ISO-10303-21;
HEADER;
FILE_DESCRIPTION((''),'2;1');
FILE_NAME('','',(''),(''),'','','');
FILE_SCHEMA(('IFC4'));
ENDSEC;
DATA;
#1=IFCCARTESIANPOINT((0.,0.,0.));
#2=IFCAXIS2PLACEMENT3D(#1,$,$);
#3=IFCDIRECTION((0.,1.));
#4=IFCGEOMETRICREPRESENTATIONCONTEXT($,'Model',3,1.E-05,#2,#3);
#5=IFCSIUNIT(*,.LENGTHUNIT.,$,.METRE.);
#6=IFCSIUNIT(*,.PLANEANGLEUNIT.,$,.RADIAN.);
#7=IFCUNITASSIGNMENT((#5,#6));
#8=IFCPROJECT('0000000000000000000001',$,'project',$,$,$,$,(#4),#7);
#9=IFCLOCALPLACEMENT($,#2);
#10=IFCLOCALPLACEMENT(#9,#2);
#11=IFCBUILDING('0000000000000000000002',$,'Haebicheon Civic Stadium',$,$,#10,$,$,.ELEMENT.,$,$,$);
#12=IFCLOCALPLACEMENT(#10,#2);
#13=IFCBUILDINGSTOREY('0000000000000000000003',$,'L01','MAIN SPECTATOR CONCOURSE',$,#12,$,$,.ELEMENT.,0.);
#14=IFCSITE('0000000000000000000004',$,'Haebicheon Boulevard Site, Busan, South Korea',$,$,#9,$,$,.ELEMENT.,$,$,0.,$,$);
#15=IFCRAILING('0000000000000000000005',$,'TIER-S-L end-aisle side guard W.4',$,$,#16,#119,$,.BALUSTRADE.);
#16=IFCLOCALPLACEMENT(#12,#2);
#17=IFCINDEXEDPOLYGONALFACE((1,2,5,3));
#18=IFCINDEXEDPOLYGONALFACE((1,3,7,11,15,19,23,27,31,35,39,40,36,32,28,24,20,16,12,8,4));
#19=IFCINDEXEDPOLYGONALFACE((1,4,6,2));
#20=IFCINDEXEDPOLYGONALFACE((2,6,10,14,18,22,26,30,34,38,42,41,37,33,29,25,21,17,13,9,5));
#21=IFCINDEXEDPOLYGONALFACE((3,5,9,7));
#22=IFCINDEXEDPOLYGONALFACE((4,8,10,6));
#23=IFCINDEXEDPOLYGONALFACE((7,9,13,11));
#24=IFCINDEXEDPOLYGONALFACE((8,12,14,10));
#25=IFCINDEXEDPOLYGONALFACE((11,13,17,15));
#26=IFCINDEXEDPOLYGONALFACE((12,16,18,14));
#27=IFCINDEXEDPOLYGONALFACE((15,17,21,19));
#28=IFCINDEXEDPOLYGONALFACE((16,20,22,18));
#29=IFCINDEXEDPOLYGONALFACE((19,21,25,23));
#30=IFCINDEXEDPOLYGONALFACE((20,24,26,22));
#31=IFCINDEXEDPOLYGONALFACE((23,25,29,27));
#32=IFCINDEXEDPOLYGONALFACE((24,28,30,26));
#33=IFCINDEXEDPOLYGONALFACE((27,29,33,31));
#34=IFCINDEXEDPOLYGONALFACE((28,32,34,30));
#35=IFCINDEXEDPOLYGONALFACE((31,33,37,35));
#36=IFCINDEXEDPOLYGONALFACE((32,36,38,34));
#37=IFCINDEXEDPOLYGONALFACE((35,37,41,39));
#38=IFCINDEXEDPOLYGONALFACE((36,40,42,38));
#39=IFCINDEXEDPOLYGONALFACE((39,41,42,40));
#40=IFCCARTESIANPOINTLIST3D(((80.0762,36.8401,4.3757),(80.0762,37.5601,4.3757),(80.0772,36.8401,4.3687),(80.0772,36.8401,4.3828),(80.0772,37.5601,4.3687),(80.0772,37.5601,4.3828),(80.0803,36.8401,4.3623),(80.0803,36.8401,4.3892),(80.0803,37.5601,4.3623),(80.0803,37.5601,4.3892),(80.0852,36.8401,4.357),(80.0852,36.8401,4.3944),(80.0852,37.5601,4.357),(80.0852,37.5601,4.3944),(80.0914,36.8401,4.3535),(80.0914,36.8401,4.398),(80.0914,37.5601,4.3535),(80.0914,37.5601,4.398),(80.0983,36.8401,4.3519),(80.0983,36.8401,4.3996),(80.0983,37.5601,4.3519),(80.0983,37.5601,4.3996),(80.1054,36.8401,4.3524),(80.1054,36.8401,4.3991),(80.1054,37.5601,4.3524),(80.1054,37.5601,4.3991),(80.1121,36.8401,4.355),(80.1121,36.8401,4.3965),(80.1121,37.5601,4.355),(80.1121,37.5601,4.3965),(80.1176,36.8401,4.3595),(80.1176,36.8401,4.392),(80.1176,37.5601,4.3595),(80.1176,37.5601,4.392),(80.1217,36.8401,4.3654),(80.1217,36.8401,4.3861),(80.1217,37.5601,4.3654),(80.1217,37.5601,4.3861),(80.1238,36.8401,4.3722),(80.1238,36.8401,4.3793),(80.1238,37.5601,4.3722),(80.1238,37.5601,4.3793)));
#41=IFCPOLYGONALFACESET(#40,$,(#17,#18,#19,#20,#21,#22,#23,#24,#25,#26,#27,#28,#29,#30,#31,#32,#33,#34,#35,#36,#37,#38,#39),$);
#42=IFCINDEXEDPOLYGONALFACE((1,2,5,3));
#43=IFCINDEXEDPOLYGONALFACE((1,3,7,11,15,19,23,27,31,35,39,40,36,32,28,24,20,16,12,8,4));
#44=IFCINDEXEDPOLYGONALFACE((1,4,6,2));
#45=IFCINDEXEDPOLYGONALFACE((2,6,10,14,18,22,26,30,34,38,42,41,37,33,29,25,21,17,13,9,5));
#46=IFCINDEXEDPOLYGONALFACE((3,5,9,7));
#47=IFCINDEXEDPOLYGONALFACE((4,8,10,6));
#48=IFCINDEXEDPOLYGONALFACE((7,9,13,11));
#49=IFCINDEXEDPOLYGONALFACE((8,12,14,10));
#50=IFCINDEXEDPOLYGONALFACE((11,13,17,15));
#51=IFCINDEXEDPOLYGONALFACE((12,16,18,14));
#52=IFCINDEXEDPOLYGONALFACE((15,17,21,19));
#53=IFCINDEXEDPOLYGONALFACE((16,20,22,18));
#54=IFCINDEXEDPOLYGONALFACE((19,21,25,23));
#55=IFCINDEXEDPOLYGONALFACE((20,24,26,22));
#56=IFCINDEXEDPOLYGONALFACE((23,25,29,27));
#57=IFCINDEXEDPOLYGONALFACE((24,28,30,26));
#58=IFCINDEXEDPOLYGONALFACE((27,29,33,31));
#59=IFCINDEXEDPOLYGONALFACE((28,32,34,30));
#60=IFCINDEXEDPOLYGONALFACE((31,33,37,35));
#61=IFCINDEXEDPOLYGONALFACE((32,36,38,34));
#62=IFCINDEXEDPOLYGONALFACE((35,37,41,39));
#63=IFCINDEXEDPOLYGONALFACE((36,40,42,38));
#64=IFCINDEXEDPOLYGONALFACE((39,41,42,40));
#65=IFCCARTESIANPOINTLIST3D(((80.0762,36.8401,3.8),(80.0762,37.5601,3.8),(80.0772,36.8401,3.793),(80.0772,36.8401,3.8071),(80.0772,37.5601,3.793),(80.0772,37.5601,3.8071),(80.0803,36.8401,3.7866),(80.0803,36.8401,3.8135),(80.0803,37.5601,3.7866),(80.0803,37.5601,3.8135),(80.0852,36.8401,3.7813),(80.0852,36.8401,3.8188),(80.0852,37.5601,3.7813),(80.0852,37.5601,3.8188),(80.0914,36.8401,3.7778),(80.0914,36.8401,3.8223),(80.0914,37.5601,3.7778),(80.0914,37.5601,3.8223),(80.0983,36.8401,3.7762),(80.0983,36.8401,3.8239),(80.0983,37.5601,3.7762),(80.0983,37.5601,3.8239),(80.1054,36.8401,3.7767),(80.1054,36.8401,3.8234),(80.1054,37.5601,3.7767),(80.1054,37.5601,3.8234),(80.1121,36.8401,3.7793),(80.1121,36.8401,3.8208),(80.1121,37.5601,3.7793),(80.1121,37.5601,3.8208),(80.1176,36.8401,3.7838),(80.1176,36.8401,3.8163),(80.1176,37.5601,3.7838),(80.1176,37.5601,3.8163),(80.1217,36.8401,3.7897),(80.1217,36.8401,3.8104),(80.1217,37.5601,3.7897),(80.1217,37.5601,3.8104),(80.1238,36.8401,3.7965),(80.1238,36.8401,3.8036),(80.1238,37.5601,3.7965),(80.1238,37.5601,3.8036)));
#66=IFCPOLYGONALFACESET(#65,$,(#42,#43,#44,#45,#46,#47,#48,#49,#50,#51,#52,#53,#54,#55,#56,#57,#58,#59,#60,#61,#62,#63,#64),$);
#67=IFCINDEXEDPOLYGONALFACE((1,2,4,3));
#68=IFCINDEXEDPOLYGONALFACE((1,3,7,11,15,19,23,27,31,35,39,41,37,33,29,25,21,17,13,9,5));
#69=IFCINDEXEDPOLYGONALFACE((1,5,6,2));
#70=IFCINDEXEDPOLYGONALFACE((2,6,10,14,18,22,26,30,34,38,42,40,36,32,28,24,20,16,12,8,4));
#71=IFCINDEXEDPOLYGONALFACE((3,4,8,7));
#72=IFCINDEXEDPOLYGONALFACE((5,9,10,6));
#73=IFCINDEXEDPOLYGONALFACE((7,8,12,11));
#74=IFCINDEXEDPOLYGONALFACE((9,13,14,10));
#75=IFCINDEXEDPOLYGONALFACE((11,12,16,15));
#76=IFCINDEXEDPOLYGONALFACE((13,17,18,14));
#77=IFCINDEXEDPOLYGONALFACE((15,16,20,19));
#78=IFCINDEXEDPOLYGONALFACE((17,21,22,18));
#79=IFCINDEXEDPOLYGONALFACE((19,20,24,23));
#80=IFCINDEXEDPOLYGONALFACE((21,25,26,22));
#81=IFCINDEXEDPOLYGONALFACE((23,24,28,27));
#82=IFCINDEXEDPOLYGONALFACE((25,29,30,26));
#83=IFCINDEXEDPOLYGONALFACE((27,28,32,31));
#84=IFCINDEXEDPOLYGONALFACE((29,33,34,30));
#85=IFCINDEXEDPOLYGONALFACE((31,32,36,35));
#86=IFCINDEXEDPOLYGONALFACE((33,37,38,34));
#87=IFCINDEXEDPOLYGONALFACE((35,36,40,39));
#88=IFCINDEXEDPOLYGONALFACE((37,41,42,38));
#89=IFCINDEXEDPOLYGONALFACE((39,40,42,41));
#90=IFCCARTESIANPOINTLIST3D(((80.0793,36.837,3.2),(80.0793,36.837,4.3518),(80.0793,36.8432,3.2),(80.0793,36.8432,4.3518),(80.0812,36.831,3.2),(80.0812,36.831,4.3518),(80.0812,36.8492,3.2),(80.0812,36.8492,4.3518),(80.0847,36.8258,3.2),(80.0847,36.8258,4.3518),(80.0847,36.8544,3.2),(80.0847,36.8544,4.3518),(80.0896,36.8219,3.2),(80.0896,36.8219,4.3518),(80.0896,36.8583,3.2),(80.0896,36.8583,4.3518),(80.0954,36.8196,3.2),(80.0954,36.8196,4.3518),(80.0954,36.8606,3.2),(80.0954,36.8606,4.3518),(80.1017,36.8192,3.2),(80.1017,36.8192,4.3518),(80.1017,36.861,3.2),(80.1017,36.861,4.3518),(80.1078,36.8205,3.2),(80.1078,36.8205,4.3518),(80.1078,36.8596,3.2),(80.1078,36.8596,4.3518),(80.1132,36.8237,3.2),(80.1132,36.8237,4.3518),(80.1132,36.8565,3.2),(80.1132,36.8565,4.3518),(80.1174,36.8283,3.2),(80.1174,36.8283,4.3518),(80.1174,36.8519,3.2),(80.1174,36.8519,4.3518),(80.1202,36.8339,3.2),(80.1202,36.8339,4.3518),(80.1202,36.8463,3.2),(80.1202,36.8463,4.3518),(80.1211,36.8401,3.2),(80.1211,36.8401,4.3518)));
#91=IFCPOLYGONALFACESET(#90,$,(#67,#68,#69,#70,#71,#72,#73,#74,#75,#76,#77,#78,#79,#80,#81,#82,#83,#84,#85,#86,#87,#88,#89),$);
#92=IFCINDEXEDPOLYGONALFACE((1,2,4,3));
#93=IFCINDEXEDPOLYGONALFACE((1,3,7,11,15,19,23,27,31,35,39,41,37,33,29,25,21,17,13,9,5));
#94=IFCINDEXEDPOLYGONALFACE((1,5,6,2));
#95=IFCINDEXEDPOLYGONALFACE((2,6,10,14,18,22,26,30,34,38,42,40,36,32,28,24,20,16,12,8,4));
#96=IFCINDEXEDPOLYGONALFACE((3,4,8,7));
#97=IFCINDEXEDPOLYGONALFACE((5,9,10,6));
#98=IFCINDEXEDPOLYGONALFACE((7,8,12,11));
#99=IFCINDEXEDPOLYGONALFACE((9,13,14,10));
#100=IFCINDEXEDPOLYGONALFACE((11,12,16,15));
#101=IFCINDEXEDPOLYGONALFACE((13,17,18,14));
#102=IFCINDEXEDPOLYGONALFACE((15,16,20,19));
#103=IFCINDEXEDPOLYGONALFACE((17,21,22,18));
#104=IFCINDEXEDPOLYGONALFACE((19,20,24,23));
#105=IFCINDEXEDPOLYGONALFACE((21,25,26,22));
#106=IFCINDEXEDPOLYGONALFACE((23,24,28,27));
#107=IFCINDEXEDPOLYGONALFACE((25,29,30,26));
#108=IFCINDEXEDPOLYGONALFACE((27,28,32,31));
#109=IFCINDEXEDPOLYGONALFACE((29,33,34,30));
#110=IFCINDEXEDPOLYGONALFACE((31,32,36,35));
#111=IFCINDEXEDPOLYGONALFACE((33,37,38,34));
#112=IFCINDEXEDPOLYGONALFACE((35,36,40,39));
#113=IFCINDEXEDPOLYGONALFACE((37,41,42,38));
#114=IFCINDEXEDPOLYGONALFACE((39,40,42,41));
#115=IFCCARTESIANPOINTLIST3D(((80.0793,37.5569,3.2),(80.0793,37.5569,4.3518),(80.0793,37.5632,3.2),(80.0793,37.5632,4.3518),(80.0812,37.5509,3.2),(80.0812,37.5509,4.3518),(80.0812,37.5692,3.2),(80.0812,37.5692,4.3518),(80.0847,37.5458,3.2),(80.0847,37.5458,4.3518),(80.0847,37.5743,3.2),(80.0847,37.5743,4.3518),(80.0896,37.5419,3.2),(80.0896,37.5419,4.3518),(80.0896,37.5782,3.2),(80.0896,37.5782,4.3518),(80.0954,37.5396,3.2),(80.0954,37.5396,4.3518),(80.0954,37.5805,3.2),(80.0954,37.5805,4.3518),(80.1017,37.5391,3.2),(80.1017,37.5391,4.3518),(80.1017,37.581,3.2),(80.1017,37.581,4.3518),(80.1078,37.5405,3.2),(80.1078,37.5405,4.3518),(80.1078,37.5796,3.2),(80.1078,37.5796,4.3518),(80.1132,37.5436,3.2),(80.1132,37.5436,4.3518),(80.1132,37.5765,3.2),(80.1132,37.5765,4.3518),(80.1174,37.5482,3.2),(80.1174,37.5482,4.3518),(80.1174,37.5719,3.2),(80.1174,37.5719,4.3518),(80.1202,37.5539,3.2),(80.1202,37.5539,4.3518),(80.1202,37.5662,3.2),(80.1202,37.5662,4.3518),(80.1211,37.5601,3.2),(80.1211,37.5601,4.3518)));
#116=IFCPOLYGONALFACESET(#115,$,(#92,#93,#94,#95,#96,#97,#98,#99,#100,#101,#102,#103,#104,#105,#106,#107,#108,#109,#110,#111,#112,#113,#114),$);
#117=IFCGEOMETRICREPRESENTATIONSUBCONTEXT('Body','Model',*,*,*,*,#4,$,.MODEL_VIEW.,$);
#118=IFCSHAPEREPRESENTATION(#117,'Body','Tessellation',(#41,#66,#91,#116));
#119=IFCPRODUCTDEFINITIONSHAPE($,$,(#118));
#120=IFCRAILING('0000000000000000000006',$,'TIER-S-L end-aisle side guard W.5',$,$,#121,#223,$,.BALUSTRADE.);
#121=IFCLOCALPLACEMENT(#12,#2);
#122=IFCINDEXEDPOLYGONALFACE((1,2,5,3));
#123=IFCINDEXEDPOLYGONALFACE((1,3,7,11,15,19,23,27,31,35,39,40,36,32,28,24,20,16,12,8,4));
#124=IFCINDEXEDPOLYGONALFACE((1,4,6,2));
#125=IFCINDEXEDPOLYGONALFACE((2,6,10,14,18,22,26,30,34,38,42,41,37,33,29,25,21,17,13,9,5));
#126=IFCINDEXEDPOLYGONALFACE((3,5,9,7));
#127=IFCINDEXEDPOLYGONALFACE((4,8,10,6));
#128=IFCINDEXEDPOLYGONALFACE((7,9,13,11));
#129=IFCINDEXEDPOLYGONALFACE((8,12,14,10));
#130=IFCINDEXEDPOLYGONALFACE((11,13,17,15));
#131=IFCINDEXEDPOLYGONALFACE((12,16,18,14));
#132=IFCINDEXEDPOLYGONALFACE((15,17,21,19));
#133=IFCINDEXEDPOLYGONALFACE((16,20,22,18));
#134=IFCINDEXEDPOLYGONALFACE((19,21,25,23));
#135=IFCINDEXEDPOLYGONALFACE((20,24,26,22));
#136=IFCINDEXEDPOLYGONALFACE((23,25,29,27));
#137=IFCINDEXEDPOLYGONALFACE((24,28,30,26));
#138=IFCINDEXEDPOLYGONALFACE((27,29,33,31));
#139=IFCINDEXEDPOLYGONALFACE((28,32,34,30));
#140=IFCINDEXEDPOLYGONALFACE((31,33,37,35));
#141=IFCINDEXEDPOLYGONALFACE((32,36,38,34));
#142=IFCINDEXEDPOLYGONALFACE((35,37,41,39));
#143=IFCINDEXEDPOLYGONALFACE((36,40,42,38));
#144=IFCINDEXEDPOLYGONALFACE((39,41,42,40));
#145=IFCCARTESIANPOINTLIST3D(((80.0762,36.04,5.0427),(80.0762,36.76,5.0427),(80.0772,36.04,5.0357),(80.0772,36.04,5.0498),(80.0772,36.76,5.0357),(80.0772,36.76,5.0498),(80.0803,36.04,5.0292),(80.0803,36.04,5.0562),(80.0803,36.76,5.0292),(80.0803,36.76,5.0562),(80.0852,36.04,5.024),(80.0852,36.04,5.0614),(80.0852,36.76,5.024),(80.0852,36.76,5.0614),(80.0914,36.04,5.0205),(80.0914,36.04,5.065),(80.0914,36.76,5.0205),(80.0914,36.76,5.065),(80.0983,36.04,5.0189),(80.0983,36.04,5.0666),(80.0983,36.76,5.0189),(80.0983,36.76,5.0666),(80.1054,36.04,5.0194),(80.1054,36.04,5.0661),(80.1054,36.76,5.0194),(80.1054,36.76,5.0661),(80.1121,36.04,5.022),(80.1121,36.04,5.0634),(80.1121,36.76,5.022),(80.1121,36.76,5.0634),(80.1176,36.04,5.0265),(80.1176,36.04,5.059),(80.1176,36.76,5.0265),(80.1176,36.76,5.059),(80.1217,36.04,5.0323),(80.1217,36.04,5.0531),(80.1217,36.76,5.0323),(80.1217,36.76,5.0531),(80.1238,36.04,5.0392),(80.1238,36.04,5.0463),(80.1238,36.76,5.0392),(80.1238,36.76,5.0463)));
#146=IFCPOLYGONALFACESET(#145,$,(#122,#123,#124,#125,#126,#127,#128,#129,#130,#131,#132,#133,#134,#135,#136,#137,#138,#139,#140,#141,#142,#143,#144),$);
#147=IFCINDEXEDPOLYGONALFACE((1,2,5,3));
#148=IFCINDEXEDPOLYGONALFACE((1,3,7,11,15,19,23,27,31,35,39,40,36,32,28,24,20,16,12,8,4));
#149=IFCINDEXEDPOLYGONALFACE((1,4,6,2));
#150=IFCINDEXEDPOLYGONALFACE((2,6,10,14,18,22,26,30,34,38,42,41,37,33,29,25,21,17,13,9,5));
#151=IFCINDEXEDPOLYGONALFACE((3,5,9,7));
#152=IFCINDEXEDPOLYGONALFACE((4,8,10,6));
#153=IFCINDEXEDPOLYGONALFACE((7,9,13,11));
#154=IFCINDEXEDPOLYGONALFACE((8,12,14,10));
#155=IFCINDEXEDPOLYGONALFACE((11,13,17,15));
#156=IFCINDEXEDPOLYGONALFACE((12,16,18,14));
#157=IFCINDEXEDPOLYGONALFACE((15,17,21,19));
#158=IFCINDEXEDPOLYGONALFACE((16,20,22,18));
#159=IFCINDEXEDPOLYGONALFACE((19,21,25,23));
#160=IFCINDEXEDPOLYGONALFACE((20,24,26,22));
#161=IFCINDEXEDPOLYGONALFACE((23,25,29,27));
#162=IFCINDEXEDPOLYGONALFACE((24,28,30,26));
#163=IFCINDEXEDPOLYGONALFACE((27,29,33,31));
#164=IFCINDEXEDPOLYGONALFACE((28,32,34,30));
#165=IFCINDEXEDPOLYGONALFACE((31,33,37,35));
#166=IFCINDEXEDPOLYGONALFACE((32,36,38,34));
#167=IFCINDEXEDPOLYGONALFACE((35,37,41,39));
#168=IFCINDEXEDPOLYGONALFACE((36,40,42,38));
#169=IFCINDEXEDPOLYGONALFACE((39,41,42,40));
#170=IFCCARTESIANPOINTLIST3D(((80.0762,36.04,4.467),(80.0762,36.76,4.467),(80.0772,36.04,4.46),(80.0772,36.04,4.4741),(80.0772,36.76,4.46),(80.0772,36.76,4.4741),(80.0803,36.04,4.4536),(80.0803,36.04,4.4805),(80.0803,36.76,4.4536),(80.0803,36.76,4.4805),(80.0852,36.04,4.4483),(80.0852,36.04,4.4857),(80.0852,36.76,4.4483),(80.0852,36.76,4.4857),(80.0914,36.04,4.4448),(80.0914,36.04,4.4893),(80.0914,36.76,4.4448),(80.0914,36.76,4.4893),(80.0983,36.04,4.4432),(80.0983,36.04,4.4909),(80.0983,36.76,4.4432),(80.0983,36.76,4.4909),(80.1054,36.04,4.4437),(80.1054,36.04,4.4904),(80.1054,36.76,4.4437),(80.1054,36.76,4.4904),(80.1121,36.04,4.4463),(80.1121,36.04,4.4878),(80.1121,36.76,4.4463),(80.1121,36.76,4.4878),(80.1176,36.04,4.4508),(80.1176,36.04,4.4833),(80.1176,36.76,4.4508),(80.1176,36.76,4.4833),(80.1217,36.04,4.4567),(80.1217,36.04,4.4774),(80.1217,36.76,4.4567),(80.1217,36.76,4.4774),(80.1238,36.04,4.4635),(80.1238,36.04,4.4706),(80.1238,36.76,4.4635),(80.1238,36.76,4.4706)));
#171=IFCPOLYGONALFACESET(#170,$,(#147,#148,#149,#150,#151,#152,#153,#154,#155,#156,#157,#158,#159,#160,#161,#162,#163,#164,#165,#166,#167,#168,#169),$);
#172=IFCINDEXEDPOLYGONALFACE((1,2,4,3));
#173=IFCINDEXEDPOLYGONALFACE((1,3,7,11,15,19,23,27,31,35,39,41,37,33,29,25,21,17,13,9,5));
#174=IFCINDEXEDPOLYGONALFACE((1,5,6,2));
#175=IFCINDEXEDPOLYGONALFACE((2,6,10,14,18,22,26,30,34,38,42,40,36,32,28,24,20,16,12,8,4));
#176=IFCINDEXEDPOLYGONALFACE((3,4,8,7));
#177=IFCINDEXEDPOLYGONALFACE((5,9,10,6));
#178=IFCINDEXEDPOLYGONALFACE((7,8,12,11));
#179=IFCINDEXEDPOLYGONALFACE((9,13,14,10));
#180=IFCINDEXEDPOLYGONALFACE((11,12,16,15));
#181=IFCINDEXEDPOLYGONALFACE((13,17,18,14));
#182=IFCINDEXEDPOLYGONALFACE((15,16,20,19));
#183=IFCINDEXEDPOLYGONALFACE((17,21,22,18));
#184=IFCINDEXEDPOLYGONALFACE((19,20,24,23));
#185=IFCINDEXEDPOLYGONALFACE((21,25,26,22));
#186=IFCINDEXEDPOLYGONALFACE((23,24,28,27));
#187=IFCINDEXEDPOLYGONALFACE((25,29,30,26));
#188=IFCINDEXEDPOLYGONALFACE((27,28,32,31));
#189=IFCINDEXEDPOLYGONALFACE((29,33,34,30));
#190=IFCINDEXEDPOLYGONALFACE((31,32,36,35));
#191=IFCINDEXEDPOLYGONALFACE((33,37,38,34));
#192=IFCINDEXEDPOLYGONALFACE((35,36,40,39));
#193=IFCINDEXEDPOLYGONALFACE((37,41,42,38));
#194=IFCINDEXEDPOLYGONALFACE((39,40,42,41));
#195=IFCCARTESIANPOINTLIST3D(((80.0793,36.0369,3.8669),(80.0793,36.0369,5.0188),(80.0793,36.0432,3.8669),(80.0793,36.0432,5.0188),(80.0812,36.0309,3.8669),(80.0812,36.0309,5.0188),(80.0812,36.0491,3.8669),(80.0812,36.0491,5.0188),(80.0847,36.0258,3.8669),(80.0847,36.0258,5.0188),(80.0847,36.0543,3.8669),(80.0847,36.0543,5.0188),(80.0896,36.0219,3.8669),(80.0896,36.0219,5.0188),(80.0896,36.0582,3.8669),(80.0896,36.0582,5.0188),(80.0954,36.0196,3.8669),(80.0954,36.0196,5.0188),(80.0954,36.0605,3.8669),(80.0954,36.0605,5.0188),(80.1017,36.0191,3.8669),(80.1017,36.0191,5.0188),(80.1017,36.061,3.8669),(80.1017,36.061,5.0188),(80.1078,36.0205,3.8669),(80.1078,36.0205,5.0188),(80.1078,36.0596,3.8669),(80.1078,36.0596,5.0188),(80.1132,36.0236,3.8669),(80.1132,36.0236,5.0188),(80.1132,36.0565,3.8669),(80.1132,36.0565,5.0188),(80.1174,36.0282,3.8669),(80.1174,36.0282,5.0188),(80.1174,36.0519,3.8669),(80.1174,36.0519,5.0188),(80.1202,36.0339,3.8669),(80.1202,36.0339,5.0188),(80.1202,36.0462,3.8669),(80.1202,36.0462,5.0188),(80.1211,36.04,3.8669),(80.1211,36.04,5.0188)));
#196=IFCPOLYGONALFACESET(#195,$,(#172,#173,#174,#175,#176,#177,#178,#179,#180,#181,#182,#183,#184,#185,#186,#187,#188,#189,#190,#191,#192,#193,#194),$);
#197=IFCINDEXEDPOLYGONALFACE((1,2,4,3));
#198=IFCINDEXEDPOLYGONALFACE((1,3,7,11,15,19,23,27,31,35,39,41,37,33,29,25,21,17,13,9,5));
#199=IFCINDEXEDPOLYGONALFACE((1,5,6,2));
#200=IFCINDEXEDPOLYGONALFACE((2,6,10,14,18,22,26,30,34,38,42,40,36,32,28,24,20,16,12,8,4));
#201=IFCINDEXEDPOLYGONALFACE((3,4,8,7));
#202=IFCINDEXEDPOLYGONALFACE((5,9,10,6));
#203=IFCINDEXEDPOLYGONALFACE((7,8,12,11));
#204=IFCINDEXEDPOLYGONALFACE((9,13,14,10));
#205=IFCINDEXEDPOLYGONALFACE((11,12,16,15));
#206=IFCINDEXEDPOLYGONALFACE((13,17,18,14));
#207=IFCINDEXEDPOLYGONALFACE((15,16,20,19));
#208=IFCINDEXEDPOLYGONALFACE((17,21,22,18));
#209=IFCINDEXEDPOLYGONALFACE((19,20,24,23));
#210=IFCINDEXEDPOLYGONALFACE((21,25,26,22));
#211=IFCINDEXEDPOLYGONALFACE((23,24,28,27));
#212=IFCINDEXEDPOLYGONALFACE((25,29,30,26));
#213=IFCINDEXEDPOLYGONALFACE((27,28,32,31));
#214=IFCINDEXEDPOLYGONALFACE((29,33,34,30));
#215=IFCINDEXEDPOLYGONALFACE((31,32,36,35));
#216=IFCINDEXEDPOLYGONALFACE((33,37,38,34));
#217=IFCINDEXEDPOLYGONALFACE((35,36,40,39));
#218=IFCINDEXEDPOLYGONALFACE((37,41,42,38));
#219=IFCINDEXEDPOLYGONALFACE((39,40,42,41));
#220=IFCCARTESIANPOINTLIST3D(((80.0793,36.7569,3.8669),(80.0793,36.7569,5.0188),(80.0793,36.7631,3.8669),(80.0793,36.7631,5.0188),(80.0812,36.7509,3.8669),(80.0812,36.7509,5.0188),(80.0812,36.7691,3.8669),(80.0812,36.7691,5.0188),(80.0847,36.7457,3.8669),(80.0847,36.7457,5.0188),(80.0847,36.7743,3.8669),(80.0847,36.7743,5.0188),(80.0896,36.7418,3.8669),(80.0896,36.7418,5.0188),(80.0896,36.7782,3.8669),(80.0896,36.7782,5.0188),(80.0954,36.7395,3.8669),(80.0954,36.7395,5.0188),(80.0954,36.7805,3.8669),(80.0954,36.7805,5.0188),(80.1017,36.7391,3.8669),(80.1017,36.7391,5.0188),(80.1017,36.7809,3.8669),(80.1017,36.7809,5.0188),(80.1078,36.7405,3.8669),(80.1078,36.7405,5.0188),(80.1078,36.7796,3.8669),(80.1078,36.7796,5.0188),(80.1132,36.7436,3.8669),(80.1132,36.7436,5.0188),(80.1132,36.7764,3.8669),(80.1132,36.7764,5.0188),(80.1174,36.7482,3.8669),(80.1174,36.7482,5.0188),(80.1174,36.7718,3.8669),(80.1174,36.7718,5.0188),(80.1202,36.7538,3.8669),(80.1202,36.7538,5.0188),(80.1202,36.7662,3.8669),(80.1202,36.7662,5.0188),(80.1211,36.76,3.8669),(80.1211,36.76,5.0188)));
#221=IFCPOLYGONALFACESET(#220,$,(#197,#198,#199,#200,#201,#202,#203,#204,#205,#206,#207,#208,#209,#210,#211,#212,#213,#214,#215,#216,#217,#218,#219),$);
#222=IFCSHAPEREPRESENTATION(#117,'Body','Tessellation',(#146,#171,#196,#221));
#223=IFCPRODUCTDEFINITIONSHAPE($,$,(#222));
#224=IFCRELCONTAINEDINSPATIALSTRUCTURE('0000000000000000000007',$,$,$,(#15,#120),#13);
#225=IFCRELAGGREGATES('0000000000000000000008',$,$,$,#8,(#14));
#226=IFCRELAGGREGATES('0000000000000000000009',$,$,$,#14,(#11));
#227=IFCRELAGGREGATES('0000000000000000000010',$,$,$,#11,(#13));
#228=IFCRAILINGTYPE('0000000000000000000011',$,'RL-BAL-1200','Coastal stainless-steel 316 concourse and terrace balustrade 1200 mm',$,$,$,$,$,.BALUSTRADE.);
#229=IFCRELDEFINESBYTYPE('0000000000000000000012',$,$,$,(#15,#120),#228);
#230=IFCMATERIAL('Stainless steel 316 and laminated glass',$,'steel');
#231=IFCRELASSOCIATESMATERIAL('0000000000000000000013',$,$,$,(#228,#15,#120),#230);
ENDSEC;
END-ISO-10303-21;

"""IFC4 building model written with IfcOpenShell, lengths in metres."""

from ifc_helpers import new_model, si_unit, direction, frame, origin, origin_2d, place, context, subcontext, project, spatial, circle, extrude, material, type_object, element, save


model = new_model("IFC4")

# Units and contexts
model_context = context("Model", 3, precision=1e-05, world=origin(), true_north=direction((0.0, 1.0)))
body_context = subcontext(model_context, "Body", "Model", "MODEL_VIEW")
ifc_project = project(units=[si_unit("LENGTHUNIT", "METRE"), si_unit("PLANEANGLEUNIT", "RADIAN")], contexts=[model_context])

# Site, building, storey
site_placement = place(None, origin())
site = spatial("IfcSite", under=ifc_project, at=site_placement, Name="Haebicheon Boulevard Site, Busan, South Korea", CompositionType="ELEMENT", RefElevation=0.0)
building_placement = place(site_placement, origin())
building = spatial("IfcBuilding", under=site, at=building_placement, Name="Haebicheon Civic Stadium", CompositionType="ELEMENT")
storey_placement = place(building_placement, origin())
storey = spatial("IfcBuildingStorey", under=building, at=storey_placement, Name="L01", Description="MAIN SPECTATOR CONCOURSE", CompositionType="ELEMENT", Elevation=0.0)

# Railings
ifc_material_1 = material(Name="Stainless steel 316 and laminated glass", Category="steel")
railing_type = type_object("IfcRailingType", Name="RL-BAL-1200", Description="Coastal stainless-steel 316 concourse and terrace balustrade 1200 mm", PredefinedType="BALUSTRADE", material=ifc_material_1)
for number, where, name in (
    (1, (80.1001, 36.8401, 3.2), "TIER-S-L end-aisle side guard W.4"),
    (2, (80.1001, 36.04, 3.8669), "TIER-S-L end-aisle side guard W.5"),
):
    element("IfcRailing", number, at=place(storey_placement, frame(where)), inside=storey, type_object=railing_type, material=ifc_material_1, Name=name, PredefinedType="BALUSTRADE", context=body_context, shape_type="SweptSolid", body=[
        extrude(circle(Radius=0.0239, at=origin_2d()), frame((0.0, 0.0, 1.1758), z_axis=(0.0, 1.0, 0.0), x_axis=(-1.0, 0.0, 0.0)), (0.0, 0.0, 1.0), 0.72),
        extrude(circle(Radius=0.0239, at=origin_2d()), frame((0.0, 0.0, 0.6001), z_axis=(0.0, 1.0, 0.0), x_axis=(-1.0, 0.0, 0.0)), (0.0, 0.0, 1.0), 0.72),
        extrude(circle(Radius=0.021, at=origin_2d()), origin(), (0.0, 0.0, 1.0), 1.1519),
        extrude(circle(Radius=0.021, at=origin_2d()), frame((0.0, 0.72, 0.0)), (0.0, 0.0, 1.0), 1.1519),
    ])

save(model, "model.ifc")
